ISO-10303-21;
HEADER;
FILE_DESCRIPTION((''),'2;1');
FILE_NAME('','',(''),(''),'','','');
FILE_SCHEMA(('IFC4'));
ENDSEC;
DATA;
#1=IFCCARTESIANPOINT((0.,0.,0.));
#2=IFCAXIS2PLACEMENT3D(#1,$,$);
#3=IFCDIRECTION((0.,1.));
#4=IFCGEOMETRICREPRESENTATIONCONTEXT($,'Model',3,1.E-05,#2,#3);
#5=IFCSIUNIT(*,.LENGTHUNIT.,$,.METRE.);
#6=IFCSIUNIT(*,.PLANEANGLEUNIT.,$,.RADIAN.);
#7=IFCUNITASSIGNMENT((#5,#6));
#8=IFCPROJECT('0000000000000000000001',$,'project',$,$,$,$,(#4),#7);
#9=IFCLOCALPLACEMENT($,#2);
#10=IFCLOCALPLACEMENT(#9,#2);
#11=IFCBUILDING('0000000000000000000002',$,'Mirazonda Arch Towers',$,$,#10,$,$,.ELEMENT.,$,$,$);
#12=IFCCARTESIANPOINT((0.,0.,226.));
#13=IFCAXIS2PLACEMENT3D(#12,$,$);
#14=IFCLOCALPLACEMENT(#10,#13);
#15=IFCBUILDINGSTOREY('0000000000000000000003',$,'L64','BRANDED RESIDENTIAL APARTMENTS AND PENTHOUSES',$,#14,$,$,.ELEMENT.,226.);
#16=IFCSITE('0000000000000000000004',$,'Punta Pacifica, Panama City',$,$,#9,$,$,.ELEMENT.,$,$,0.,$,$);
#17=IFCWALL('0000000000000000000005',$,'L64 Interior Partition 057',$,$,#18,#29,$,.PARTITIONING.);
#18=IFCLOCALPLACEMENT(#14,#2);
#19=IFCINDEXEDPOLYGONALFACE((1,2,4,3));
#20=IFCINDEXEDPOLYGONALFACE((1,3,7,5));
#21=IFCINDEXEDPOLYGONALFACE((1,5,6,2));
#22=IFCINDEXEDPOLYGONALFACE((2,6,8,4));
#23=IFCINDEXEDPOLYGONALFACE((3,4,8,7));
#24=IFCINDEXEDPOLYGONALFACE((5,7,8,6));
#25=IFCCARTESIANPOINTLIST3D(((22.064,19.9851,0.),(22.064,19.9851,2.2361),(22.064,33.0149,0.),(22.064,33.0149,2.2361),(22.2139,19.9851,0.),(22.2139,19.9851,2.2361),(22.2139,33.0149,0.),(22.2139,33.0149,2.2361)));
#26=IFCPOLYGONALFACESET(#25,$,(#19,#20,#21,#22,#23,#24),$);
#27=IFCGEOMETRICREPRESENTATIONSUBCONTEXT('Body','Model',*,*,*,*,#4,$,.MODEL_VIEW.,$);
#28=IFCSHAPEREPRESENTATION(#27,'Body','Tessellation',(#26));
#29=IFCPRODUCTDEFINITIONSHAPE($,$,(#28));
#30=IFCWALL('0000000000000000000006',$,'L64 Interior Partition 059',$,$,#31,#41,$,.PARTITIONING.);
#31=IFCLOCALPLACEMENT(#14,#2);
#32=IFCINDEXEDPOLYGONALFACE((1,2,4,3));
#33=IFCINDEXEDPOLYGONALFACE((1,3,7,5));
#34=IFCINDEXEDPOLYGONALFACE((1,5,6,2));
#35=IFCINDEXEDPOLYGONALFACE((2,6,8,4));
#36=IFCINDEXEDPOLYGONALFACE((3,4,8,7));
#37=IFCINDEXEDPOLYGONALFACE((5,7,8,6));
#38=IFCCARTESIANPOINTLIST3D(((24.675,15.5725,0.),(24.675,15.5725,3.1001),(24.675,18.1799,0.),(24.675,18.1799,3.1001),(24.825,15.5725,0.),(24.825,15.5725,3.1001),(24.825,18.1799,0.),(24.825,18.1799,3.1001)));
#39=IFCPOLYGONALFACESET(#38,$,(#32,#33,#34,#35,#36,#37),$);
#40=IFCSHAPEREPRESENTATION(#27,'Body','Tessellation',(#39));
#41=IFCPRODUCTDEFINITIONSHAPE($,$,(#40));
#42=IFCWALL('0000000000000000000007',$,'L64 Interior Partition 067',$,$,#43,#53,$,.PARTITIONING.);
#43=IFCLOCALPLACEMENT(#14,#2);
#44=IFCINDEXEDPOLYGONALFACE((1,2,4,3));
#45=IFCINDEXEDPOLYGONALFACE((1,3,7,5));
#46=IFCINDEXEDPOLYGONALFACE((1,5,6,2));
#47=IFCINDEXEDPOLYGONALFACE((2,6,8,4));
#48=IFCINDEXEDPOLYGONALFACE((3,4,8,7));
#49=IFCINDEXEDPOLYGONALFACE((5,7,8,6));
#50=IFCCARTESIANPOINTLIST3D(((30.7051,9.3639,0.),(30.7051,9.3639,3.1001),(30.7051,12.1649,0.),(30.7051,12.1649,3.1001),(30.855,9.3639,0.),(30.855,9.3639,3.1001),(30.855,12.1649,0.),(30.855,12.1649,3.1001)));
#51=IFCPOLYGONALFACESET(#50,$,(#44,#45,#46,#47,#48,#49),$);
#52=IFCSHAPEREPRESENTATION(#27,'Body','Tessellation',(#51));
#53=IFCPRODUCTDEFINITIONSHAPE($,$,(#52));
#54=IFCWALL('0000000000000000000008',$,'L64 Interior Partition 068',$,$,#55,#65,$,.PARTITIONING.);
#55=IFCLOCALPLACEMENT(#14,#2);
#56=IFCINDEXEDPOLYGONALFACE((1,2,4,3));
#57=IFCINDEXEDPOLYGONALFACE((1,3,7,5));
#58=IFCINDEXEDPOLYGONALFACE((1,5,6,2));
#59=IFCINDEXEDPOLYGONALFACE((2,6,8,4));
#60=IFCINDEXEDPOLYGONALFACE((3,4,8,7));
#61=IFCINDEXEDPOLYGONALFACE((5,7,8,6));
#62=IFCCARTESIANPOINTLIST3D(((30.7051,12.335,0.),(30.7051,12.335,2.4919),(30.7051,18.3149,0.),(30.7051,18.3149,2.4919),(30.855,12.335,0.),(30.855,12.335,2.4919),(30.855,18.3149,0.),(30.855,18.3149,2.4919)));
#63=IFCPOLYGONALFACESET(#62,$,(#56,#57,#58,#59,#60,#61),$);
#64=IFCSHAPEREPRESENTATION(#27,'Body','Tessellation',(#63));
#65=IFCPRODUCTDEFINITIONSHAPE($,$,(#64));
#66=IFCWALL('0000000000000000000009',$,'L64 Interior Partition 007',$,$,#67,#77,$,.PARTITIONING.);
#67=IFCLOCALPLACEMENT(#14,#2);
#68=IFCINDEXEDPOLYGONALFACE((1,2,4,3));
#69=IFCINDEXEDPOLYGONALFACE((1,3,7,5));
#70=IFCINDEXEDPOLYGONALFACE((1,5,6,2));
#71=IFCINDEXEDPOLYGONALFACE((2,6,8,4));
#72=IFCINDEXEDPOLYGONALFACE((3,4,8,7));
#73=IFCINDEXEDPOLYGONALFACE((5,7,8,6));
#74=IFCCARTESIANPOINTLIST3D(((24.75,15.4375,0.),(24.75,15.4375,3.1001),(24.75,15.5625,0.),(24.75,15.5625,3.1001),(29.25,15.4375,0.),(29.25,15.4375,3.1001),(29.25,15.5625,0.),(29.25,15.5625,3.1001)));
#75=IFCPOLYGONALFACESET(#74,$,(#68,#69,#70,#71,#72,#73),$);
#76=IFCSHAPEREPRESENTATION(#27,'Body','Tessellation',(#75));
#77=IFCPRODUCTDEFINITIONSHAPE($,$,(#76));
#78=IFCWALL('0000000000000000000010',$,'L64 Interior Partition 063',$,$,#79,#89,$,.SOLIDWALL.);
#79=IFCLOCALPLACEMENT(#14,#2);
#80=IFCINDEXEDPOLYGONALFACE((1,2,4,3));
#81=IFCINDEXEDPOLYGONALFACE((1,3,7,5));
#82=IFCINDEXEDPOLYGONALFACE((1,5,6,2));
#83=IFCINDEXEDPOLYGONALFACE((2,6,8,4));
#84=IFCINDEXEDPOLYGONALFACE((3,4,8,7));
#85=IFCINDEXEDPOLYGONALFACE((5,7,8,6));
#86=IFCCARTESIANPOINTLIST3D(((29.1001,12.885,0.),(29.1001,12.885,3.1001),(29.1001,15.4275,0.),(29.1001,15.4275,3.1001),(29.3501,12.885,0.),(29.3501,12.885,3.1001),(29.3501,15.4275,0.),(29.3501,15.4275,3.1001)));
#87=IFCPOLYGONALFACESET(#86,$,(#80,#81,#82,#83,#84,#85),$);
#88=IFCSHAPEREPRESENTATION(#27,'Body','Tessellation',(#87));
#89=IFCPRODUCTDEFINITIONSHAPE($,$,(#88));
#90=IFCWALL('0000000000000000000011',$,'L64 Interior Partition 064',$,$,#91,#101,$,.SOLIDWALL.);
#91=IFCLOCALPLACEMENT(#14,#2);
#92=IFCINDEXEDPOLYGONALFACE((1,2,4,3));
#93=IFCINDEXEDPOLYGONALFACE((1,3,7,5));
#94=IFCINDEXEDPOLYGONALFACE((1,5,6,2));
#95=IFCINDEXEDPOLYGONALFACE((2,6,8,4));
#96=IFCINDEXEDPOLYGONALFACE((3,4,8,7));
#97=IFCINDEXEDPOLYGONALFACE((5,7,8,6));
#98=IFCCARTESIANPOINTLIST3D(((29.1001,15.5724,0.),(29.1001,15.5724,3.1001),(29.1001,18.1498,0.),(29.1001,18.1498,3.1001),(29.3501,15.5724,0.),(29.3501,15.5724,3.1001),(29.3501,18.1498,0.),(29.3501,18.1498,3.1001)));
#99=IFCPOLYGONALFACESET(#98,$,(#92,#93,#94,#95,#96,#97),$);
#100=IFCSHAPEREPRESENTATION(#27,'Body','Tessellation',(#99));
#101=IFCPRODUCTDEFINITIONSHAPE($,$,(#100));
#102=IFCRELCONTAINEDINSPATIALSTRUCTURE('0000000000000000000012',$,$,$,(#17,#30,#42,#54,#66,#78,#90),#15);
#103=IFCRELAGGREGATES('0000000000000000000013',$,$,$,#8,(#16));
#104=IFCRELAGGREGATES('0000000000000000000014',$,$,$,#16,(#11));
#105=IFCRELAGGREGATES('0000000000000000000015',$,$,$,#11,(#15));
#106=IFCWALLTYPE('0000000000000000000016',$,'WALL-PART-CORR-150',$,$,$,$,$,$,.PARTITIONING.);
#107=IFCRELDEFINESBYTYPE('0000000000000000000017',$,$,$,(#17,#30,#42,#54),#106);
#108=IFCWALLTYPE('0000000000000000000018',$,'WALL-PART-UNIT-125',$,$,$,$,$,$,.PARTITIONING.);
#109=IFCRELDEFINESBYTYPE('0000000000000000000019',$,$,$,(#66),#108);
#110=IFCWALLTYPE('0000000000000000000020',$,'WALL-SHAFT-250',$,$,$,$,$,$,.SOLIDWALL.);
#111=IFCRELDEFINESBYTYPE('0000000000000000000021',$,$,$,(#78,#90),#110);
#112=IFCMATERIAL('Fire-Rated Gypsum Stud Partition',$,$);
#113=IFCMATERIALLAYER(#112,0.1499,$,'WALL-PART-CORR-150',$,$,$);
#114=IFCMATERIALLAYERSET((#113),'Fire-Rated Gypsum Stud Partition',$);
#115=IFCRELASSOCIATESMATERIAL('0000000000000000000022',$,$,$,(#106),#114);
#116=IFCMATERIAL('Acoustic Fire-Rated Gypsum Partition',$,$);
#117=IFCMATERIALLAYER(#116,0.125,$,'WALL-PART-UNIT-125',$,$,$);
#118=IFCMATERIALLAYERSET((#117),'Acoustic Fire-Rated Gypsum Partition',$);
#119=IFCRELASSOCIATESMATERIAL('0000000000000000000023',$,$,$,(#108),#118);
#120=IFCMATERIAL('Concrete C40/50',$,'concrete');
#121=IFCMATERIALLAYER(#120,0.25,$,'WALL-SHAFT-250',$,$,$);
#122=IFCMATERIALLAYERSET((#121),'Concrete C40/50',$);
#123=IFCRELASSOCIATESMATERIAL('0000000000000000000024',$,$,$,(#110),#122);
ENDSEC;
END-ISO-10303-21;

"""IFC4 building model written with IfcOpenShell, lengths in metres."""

from ifc_helpers import new_model, si_unit, direction, frame, frame_2d, origin, place, context, subcontext, project, spatial, rectangle, extrude, material, layer, layer_set, type_object, element, save


model = new_model("IFC4")

# Units and contexts
model_context = context("Model", 3, precision=1e-05, world=origin(), true_north=direction((0.0, 1.0)))
body_context = subcontext(model_context, "Body", "Model", "MODEL_VIEW")
ifc_project = project(units=[si_unit("LENGTHUNIT", "METRE"), si_unit("PLANEANGLEUNIT", "RADIAN")], contexts=[model_context])

# Site, building, storey
site_placement = place(None, origin())
site = spatial("IfcSite", under=ifc_project, at=site_placement, Name="Punta Pacifica, Panama City", CompositionType="ELEMENT", RefElevation=0.0)
building_placement = place(site_placement, origin())
building = spatial("IfcBuilding", under=site, at=building_placement, Name="Mirazonda Arch Towers", CompositionType="ELEMENT")
storey_placement = place(building_placement, frame((0.0, 0.0, 226.0)))
storey = spatial("IfcBuildingStorey", under=building, at=storey_placement, Name="L64", Description="BRANDED RESIDENTIAL APARTMENTS AND PENTHOUSES", CompositionType="ELEMENT", Elevation=226.0)

# Wall
ifc_material_1 = material(Name="Concrete C40/50", Category="concrete")
ifc_material_2 = material(Name="Fire-Rated Gypsum Stud Partition")
ifc_layer_1 = layer(ifc_material_2, 0.1499, Name="WALL-PART-CORR-150")
ifc_layer_set_1 = layer_set([ifc_layer_1], Name="Fire-Rated Gypsum Stud Partition")
wall_type_1 = type_object("IfcWallType", Name="WALL-PART-CORR-150", PredefinedType="PARTITIONING", material=ifc_layer_set_1)
wall_1_placement = place(storey_placement, frame((22.1389, 19.9851, 0.0), z_axis=(0.0, 0.0, 1.0), x_axis=(0.0, 1.0, 0.0)))
element("IfcWall", 1, at=wall_1_placement, inside=storey, type_object=wall_type_1, Name="L64 Interior Partition 057", PredefinedType="PARTITIONING", context=body_context, shape_type="SweptSolid", body=[
    extrude(rectangle(XDim=13.0298, YDim=0.1499, at=frame_2d((6.5149, 0.0))), origin(), (0.0, 0.0, 1.0), 2.2361),
])

# Walls
wall_2_placement = place(storey_placement, frame((24.75, 15.5725, 0.0), z_axis=(0.0, 0.0, 1.0), x_axis=(0.0, 1.0, 0.0)))
element("IfcWall", 2, at=wall_2_placement, inside=storey, type_object=wall_type_1, Name="L64 Interior Partition 059", PredefinedType="PARTITIONING", context=body_context, shape_type="SweptSolid", body=[
    extrude(rectangle(XDim=2.6074, YDim=0.1499, at=frame_2d((1.3037, 0.0))), origin(), (0.0, 0.0, 1.0), 3.1001),
])
wall_3_placement = place(storey_placement, frame((30.78, 9.364, 0.0), z_axis=(0.0, 0.0, 1.0), x_axis=(0.0, 1.0, 0.0)))
element("IfcWall", 3, at=wall_3_placement, inside=storey, type_object=wall_type_1, Name="L64 Interior Partition 067", PredefinedType="PARTITIONING", context=body_context, shape_type="SweptSolid", body=[
    extrude(rectangle(XDim=2.801, YDim=0.1499, at=frame_2d((1.4004, 0.0))), origin(), (0.0, 0.0, 1.0), 3.1001),
])
wall_4_placement = place(storey_placement, frame((30.78, 12.335, 0.0), z_axis=(0.0, 0.0, 1.0), x_axis=(0.0, 1.0, 0.0)))
element("IfcWall", 4, at=wall_4_placement, inside=storey, type_object=wall_type_1, Name="L64 Interior Partition 068", PredefinedType="PARTITIONING", context=body_context, shape_type="SweptSolid", body=[
    extrude(rectangle(XDim=5.98, YDim=0.1499, at=frame_2d((2.99, 0.0))), origin(), (0.0, 0.0, 1.0), 2.4919),
])
ifc_material_3 = material(Name="Acoustic Fire-Rated Gypsum Partition")
ifc_layer_2 = layer(ifc_material_3, 0.125, Name="WALL-PART-UNIT-125")
ifc_layer_set_2 = layer_set([ifc_layer_2], Name="Acoustic Fire-Rated Gypsum Partition")
wall_type_2 = type_object("IfcWallType", Name="WALL-PART-UNIT-125", PredefinedType="PARTITIONING", material=ifc_layer_set_2)
wall_5_placement = place(storey_placement, frame((24.75, 15.5, 0.0), z_axis=(0.0, 0.0, 1.0), x_axis=(1.0, 0.0, 0.0)))
element("IfcWall", 5, at=wall_5_placement, inside=storey, type_object=wall_type_2, Name="L64 Interior Partition 007", PredefinedType="PARTITIONING", context=body_context, shape_type="SweptSolid", body=[
    extrude(rectangle(XDim=4.5, YDim=0.125, at=frame_2d((2.25, 0.0))), origin(), (0.0, 0.0, 1.0), 3.1001),
])
ifc_layer_3 = layer(ifc_material_1, 0.25, Name="WALL-SHAFT-250")
ifc_layer_set_3 = layer_set([ifc_layer_3], Name="Concrete C40/50")
wall_type_3 = type_object("IfcWallType", Name="WALL-SHAFT-250", PredefinedType="SOLIDWALL", material=ifc_layer_set_3)
wall_6_placement = place(storey_placement, frame((29.2251, 12.885, 0.0), z_axis=(0.0, 0.0, 1.0), x_axis=(0.0, 1.0, 0.0)))
element("IfcWall", 6, at=wall_6_placement, inside=storey, type_object=wall_type_3, Name="L64 Interior Partition 063", PredefinedType="SOLIDWALL", context=body_context, shape_type="SweptSolid", body=[
    extrude(rectangle(XDim=2.5425, YDim=0.25, at=frame_2d((1.2712, 0.0))), origin(), (0.0, 0.0, 1.0), 3.1001),
])
wall_7_placement = place(storey_placement, frame((29.2251, 15.5725, 0.0), z_axis=(0.0, 0.0, 1.0), x_axis=(0.0, 1.0, 0.0)))
element("IfcWall", 7, at=wall_7_placement, inside=storey, type_object=wall_type_3, Name="L64 Interior Partition 064", PredefinedType="SOLIDWALL", context=body_context, shape_type="SweptSolid", body=[
    extrude(rectangle(XDim=2.5774, YDim=0.25, at=frame_2d((1.2886, 0.0))), origin(), (0.0, 0.0, 1.0), 3.1001),
])

save(model, "model.ifc")
